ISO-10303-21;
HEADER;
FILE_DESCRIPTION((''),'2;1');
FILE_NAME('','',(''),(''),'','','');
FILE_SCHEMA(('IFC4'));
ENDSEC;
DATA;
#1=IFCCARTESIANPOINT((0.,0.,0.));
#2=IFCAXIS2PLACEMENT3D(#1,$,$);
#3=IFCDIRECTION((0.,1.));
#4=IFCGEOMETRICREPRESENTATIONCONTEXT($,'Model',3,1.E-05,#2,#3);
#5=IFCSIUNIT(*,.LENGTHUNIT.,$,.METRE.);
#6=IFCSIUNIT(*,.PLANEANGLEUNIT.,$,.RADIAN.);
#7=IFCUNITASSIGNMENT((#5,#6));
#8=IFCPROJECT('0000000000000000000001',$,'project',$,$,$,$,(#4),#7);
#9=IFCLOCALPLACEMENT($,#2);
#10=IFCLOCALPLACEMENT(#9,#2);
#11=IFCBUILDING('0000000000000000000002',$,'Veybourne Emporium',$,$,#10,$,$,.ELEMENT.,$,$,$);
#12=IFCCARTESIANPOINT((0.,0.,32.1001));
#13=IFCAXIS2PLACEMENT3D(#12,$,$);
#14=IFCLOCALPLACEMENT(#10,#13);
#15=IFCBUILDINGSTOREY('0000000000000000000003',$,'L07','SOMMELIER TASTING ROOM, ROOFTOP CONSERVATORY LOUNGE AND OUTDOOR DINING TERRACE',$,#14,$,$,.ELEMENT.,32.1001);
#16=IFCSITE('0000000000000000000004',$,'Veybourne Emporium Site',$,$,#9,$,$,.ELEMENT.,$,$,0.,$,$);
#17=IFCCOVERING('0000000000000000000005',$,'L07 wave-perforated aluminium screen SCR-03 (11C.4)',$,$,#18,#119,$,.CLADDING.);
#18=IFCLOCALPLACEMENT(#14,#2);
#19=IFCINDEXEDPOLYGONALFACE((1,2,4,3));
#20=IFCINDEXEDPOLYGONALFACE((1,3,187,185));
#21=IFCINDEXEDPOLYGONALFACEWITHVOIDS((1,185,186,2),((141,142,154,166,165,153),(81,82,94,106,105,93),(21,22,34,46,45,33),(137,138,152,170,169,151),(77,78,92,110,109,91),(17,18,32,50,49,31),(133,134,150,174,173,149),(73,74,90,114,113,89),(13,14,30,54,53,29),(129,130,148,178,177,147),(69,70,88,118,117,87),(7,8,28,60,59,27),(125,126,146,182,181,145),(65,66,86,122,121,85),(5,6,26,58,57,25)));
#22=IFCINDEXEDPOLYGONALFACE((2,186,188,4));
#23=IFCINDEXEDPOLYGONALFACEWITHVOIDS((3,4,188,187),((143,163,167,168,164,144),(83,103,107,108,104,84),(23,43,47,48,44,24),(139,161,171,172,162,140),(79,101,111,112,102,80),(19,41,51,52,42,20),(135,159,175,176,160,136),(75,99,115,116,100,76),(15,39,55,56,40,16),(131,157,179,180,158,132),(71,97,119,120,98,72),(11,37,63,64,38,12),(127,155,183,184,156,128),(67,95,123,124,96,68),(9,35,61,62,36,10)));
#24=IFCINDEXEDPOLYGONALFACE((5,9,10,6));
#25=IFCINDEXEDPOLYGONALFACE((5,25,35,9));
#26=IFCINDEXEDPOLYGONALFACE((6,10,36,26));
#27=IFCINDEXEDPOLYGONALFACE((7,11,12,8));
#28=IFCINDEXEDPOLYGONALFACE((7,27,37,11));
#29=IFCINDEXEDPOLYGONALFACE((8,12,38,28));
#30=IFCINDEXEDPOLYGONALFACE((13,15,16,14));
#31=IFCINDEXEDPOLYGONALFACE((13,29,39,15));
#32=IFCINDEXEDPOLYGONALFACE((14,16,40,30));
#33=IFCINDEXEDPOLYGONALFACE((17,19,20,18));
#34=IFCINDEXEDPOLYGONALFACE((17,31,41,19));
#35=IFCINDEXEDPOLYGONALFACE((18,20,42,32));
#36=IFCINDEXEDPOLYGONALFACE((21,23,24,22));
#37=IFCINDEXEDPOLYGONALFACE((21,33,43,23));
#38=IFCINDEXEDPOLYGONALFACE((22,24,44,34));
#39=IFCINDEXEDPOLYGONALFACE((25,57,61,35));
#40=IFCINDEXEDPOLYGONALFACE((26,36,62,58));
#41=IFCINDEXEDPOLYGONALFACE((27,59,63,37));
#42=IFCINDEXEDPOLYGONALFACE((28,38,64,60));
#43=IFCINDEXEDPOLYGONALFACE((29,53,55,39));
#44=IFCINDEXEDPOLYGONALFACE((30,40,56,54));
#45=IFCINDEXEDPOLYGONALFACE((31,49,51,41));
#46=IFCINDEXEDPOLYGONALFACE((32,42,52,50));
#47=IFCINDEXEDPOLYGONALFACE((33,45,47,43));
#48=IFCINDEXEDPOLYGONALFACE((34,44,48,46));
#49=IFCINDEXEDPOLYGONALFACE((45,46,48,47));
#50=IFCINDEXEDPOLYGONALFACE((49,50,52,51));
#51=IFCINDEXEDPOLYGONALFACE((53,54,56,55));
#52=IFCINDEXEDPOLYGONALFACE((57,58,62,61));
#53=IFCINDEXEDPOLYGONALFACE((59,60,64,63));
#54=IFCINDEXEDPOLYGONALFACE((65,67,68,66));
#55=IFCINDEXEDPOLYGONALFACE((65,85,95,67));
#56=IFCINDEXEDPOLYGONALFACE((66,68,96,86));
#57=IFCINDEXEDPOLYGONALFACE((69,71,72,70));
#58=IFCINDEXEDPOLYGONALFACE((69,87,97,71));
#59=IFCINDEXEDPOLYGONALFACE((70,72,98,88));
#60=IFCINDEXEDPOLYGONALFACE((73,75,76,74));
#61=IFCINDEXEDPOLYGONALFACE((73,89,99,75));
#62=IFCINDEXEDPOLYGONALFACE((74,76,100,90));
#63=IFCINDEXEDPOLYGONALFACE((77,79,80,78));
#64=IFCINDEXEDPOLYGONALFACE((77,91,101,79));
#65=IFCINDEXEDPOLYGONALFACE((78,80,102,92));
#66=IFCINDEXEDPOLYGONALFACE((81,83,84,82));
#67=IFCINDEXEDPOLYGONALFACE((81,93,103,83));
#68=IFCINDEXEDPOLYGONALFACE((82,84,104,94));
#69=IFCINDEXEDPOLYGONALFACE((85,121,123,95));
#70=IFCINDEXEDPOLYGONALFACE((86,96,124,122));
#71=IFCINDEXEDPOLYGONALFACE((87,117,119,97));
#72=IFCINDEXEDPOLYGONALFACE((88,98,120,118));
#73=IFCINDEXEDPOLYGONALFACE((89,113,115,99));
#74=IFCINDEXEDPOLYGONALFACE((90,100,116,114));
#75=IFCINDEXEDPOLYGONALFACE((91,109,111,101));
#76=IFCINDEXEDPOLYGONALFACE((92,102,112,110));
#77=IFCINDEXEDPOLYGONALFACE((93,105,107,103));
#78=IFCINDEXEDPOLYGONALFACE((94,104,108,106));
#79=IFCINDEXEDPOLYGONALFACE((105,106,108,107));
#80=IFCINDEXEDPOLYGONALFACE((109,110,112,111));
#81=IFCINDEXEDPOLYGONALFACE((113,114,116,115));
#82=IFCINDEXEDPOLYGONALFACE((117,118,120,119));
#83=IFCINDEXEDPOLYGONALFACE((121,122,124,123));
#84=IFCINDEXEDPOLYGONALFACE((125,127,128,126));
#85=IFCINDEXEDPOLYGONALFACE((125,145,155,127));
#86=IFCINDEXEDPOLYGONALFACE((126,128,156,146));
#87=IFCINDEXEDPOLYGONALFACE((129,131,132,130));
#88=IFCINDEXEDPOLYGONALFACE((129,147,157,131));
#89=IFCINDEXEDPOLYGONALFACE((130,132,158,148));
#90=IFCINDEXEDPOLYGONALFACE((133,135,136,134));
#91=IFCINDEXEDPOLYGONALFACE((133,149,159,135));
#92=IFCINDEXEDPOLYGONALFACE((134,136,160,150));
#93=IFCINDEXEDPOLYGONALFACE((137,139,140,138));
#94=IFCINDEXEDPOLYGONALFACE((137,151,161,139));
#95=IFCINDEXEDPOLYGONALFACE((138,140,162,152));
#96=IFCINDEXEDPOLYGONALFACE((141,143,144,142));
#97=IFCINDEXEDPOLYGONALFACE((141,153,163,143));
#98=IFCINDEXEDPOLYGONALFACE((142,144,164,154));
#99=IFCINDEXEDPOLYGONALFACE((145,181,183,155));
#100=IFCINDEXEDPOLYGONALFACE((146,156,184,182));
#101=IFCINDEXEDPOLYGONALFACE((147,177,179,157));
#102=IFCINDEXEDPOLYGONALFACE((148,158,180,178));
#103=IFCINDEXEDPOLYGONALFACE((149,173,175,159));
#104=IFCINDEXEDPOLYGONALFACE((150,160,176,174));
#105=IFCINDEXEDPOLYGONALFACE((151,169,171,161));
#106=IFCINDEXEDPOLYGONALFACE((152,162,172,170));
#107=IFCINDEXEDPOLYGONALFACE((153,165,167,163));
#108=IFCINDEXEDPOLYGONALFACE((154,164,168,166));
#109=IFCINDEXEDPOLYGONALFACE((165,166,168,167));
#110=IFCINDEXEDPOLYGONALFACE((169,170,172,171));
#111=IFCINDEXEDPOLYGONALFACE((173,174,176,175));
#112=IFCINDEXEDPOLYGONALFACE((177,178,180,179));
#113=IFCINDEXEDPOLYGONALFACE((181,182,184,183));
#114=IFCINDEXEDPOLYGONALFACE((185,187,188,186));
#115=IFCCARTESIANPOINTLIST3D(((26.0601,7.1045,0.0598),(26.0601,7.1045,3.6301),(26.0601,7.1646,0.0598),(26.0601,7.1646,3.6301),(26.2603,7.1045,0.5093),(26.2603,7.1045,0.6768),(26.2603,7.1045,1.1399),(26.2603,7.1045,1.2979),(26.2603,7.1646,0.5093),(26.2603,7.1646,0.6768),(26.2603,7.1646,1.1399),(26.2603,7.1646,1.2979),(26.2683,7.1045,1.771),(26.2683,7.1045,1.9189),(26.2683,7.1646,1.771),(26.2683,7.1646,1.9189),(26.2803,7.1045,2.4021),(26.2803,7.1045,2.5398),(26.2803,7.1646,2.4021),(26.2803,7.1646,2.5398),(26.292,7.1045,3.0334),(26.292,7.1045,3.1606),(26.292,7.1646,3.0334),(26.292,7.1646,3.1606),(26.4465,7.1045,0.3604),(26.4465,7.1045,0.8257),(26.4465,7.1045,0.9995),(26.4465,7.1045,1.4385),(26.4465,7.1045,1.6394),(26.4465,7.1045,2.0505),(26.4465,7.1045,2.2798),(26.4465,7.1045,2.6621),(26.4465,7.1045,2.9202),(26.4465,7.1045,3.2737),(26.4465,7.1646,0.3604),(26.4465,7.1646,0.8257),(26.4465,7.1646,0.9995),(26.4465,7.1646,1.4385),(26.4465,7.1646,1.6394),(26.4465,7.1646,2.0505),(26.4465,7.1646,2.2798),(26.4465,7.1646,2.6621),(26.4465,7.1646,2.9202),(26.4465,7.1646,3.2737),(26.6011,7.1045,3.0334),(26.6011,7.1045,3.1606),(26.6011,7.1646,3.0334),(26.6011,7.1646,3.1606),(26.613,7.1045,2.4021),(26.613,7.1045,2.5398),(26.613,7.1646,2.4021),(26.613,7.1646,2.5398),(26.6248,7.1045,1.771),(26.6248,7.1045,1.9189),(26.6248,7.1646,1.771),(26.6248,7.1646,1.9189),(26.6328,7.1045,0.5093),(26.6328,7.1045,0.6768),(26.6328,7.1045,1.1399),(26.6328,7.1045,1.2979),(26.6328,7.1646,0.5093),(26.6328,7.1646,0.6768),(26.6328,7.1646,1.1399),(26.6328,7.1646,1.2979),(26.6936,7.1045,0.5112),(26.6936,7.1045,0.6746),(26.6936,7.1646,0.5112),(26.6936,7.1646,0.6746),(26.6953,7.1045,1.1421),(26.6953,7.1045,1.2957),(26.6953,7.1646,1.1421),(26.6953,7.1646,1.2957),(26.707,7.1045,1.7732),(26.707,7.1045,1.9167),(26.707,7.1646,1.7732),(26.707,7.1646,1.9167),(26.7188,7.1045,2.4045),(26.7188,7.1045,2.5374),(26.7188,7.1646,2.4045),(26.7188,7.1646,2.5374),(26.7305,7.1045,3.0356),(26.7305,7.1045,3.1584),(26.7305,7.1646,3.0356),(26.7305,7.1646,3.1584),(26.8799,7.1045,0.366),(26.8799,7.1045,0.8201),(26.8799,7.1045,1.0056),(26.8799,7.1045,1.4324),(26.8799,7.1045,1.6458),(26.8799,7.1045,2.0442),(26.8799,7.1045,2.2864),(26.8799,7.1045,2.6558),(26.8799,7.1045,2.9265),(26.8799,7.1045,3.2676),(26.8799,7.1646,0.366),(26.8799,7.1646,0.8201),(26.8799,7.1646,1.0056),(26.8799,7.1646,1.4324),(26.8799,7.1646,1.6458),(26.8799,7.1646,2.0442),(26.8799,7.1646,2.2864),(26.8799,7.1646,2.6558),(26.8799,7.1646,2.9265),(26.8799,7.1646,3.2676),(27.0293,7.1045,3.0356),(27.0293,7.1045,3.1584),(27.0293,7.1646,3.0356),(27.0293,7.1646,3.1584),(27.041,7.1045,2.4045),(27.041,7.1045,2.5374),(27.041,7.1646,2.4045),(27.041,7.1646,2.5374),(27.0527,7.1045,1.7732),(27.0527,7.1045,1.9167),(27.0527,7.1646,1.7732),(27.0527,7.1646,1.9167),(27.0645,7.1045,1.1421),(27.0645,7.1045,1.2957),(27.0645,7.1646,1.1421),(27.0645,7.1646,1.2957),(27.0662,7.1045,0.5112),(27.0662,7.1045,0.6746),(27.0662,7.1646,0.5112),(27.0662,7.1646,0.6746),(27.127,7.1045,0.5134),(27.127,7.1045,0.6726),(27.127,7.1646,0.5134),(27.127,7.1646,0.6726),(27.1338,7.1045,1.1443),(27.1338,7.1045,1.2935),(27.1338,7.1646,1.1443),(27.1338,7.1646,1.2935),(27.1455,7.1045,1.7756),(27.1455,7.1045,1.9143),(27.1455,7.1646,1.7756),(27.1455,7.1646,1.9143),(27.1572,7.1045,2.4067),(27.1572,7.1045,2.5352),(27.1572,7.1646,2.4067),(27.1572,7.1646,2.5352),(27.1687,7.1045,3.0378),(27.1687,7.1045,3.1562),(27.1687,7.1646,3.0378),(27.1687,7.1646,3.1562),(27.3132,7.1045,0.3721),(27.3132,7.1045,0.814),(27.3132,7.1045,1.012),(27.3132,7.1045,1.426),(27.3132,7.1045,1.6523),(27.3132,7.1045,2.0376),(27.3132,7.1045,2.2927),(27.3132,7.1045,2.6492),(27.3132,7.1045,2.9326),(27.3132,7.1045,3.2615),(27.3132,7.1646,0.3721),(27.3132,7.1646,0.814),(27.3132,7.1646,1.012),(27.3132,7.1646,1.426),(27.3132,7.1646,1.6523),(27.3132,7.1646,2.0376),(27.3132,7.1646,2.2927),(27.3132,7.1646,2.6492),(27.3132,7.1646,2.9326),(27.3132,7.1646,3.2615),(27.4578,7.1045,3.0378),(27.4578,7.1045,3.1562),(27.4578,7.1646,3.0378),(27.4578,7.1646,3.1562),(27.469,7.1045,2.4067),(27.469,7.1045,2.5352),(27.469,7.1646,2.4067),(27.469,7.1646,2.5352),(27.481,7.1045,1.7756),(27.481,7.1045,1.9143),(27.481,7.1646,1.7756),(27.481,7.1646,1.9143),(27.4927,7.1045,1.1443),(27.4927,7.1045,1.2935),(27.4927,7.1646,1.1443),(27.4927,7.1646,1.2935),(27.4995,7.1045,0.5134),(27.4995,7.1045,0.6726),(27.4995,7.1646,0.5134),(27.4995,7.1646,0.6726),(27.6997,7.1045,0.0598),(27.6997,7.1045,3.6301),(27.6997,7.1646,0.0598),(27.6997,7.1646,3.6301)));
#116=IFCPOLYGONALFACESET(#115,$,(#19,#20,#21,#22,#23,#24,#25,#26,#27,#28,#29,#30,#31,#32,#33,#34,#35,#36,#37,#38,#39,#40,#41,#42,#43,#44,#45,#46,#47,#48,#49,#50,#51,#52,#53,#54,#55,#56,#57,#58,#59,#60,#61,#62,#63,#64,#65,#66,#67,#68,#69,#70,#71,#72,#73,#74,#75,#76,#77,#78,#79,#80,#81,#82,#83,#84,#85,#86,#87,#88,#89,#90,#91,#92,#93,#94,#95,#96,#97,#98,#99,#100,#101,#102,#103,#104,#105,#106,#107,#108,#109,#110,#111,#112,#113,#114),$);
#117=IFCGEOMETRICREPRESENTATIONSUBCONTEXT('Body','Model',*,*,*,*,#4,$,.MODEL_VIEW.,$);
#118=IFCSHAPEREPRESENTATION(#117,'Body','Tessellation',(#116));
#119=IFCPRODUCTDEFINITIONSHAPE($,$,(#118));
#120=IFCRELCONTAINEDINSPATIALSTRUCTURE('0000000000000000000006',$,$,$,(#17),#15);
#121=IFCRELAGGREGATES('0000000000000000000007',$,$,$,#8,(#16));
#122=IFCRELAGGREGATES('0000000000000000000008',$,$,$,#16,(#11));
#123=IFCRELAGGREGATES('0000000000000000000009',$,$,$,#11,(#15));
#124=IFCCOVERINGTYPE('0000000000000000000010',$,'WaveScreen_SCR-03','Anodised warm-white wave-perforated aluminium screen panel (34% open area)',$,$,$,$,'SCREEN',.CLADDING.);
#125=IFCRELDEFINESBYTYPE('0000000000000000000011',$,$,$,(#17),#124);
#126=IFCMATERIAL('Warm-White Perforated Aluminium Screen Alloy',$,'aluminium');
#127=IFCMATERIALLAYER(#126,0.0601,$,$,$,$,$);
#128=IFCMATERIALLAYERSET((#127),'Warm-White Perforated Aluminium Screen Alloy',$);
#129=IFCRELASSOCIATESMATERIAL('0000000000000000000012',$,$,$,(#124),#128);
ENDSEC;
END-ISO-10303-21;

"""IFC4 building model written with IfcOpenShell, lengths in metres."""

from ifc_helpers import new_model, si_unit, direction, frame, origin, place, context, subcontext, project, spatial, polyline, outline, extrude, material, layer, layer_set, type_object, element, save


model = new_model("IFC4")

# Units and contexts
model_context = context("Model", 3, precision=1e-05, world=origin(), true_north=direction((0.0, 1.0)))
body_context = subcontext(model_context, "Body", "Model", "MODEL_VIEW")
ifc_project = project(units=[si_unit("LENGTHUNIT", "METRE"), si_unit("PLANEANGLEUNIT", "RADIAN")], contexts=[model_context])

# Site, building, storey
site_placement = place(None, origin())
site = spatial("IfcSite", under=ifc_project, at=site_placement, Name="Veybourne Emporium Site", CompositionType="ELEMENT", RefElevation=0.0)
building_placement = place(site_placement, origin())
building = spatial("IfcBuilding", under=site, at=building_placement, Name="Veybourne Emporium", CompositionType="ELEMENT")
storey_placement = place(building_placement, frame((0.0, 0.0, 32.1001)))
storey = spatial("IfcBuildingStorey", under=building, at=storey_placement, Name="L07", Description="SOMMELIER TASTING ROOM, ROOFTOP CONSERVATORY LOUNGE AND OUTDOOR DINING TERRACE", CompositionType="ELEMENT", Elevation=32.1001)

# Covering
ifc_material_1 = material(Name="Warm-White Perforated Aluminium Screen Alloy", Category="aluminium")
ifc_layer_1 = layer(ifc_material_1, 0.0601)
ifc_layer_set_1 = layer_set([ifc_layer_1], Name="Warm-White Perforated Aluminium Screen Alloy")
covering_type_1 = type_object("IfcCoveringType", Name="WaveScreen_SCR-03", Description="Anodised warm-white wave-perforated aluminium screen panel (34% open area)", ElementType="SCREEN", PredefinedType="CLADDING", material=ifc_layer_set_1)
covering_1_placement = place(storey_placement, frame((26.8799, 7.1045, 1.845), z_axis=(0.0, 1.0, 0.0), x_axis=(-1.0, 0.0, 0.0)))
element("IfcCovering", 1, at=covering_1_placement, inside=storey, type_object=covering_type_1, Name="L07 wave-perforated aluminium screen SCR-03 (11C.4)", PredefinedType="CLADDING", context=body_context, shape_type="SweptSolid", body=[
    extrude(outline(polyline([(-0.8198, -1.7852), (0.8198, -1.7852), (0.8198, 1.7852), (-0.8198, 1.7852), (-0.8198, -1.7852)]), holes=[polyline([(-0.4333, -1.031), (-0.2471, -1.1724), (-0.2471, -1.3315), (-0.4333, -1.4729), (-0.6196, -1.3315), (-0.6196, -1.1724), (-0.4333, -1.031)]), polyline([(-0.4333, -0.4189), (-0.2539, -0.5515), (-0.2539, -0.7007), (-0.4333, -0.833), (-0.6128, -0.7007), (-0.6128, -0.5515), (-0.4333, -0.4189)]), polyline([(-0.4333, 0.1926), (-0.2656, 0.0693), (-0.2656, -0.0693), (-0.4333, -0.1926), (-0.6011, -0.0693), (-0.6011, 0.0693), (-0.4333, 0.1926)]), polyline([(-0.4333, 0.8042), (-0.2773, 0.6902), (-0.2773, 0.5618), (-0.4333, 0.4478), (-0.5891, 0.5618), (-0.5891, 0.6902), (-0.4333, 0.8042)]), polyline([(-0.4333, 1.4165), (-0.2888, 1.3113), (-0.2888, 1.1929), (-0.4333, 1.0876), (-0.5779, 1.1929), (-0.5779, 1.3113), (-0.4333, 1.4165)]), polyline([(0.0, -1.0249), (0.1863, -1.1704), (0.1863, -1.3337), (0.0, -1.479), (-0.1863, -1.3337), (-0.1863, -1.1704), (0.0, -1.0249)]), polyline([(0.0, -0.4126), (0.1846, -0.5493), (0.1846, -0.7029), (0.0, -0.8394), (-0.1846, -0.7029), (-0.1846, -0.5493), (0.0, -0.4126)]), polyline([(0.0, 0.1992), (0.1729, 0.0718), (0.1729, -0.0718), (0.0, -0.1992), (-0.1729, -0.0718), (-0.1729, 0.0718), (0.0, 0.1992)]), polyline([(0.0, 0.8108), (0.1611, 0.6924), (0.1611, 0.5596), (0.0, 0.4414), (-0.1611, 0.5596), (-0.1611, 0.6924), (0.0, 0.8108)]), polyline([(0.0, 1.4226), (0.1494, 1.3135), (0.1494, 1.1907), (0.0, 1.0815), (-0.1494, 1.1907), (-0.1494, 1.3135), (0.0, 1.4226)]), polyline([(0.4333, -1.0193), (0.6196, -1.1682), (0.6196, -1.3357), (0.4333, -1.4846), (0.2471, -1.3357), (0.2471, -1.1682), (0.4333, -1.0193)]), polyline([(0.4333, -0.4065), (0.6196, -0.5471), (0.6196, -0.7051), (0.4333, -0.8455), (0.2471, -0.7051), (0.2471, -0.5471), (0.4333, -0.4065)]), polyline([(0.4333, 0.2056), (0.6116, 0.074), (0.6116, -0.074), (0.4333, -0.2056), (0.2551, -0.074), (0.2551, 0.074), (0.4333, 0.2056)]), polyline([(0.4333, 0.8171), (0.5996, 0.6948), (0.5996, 0.5571), (0.4333, 0.4348), (0.2668, 0.5571), (0.2668, 0.6948), (0.4333, 0.8171)]), polyline([(0.4333, 1.4287), (0.5879, 1.3157), (0.5879, 1.1885), (0.4333, 1.0752), (0.2788, 1.1885), (0.2788, 1.3157), (0.4333, 1.4287)])]), origin(), (0.0, 0.0, 1.0), 0.0601),
])

save(model, "model.ifc")
